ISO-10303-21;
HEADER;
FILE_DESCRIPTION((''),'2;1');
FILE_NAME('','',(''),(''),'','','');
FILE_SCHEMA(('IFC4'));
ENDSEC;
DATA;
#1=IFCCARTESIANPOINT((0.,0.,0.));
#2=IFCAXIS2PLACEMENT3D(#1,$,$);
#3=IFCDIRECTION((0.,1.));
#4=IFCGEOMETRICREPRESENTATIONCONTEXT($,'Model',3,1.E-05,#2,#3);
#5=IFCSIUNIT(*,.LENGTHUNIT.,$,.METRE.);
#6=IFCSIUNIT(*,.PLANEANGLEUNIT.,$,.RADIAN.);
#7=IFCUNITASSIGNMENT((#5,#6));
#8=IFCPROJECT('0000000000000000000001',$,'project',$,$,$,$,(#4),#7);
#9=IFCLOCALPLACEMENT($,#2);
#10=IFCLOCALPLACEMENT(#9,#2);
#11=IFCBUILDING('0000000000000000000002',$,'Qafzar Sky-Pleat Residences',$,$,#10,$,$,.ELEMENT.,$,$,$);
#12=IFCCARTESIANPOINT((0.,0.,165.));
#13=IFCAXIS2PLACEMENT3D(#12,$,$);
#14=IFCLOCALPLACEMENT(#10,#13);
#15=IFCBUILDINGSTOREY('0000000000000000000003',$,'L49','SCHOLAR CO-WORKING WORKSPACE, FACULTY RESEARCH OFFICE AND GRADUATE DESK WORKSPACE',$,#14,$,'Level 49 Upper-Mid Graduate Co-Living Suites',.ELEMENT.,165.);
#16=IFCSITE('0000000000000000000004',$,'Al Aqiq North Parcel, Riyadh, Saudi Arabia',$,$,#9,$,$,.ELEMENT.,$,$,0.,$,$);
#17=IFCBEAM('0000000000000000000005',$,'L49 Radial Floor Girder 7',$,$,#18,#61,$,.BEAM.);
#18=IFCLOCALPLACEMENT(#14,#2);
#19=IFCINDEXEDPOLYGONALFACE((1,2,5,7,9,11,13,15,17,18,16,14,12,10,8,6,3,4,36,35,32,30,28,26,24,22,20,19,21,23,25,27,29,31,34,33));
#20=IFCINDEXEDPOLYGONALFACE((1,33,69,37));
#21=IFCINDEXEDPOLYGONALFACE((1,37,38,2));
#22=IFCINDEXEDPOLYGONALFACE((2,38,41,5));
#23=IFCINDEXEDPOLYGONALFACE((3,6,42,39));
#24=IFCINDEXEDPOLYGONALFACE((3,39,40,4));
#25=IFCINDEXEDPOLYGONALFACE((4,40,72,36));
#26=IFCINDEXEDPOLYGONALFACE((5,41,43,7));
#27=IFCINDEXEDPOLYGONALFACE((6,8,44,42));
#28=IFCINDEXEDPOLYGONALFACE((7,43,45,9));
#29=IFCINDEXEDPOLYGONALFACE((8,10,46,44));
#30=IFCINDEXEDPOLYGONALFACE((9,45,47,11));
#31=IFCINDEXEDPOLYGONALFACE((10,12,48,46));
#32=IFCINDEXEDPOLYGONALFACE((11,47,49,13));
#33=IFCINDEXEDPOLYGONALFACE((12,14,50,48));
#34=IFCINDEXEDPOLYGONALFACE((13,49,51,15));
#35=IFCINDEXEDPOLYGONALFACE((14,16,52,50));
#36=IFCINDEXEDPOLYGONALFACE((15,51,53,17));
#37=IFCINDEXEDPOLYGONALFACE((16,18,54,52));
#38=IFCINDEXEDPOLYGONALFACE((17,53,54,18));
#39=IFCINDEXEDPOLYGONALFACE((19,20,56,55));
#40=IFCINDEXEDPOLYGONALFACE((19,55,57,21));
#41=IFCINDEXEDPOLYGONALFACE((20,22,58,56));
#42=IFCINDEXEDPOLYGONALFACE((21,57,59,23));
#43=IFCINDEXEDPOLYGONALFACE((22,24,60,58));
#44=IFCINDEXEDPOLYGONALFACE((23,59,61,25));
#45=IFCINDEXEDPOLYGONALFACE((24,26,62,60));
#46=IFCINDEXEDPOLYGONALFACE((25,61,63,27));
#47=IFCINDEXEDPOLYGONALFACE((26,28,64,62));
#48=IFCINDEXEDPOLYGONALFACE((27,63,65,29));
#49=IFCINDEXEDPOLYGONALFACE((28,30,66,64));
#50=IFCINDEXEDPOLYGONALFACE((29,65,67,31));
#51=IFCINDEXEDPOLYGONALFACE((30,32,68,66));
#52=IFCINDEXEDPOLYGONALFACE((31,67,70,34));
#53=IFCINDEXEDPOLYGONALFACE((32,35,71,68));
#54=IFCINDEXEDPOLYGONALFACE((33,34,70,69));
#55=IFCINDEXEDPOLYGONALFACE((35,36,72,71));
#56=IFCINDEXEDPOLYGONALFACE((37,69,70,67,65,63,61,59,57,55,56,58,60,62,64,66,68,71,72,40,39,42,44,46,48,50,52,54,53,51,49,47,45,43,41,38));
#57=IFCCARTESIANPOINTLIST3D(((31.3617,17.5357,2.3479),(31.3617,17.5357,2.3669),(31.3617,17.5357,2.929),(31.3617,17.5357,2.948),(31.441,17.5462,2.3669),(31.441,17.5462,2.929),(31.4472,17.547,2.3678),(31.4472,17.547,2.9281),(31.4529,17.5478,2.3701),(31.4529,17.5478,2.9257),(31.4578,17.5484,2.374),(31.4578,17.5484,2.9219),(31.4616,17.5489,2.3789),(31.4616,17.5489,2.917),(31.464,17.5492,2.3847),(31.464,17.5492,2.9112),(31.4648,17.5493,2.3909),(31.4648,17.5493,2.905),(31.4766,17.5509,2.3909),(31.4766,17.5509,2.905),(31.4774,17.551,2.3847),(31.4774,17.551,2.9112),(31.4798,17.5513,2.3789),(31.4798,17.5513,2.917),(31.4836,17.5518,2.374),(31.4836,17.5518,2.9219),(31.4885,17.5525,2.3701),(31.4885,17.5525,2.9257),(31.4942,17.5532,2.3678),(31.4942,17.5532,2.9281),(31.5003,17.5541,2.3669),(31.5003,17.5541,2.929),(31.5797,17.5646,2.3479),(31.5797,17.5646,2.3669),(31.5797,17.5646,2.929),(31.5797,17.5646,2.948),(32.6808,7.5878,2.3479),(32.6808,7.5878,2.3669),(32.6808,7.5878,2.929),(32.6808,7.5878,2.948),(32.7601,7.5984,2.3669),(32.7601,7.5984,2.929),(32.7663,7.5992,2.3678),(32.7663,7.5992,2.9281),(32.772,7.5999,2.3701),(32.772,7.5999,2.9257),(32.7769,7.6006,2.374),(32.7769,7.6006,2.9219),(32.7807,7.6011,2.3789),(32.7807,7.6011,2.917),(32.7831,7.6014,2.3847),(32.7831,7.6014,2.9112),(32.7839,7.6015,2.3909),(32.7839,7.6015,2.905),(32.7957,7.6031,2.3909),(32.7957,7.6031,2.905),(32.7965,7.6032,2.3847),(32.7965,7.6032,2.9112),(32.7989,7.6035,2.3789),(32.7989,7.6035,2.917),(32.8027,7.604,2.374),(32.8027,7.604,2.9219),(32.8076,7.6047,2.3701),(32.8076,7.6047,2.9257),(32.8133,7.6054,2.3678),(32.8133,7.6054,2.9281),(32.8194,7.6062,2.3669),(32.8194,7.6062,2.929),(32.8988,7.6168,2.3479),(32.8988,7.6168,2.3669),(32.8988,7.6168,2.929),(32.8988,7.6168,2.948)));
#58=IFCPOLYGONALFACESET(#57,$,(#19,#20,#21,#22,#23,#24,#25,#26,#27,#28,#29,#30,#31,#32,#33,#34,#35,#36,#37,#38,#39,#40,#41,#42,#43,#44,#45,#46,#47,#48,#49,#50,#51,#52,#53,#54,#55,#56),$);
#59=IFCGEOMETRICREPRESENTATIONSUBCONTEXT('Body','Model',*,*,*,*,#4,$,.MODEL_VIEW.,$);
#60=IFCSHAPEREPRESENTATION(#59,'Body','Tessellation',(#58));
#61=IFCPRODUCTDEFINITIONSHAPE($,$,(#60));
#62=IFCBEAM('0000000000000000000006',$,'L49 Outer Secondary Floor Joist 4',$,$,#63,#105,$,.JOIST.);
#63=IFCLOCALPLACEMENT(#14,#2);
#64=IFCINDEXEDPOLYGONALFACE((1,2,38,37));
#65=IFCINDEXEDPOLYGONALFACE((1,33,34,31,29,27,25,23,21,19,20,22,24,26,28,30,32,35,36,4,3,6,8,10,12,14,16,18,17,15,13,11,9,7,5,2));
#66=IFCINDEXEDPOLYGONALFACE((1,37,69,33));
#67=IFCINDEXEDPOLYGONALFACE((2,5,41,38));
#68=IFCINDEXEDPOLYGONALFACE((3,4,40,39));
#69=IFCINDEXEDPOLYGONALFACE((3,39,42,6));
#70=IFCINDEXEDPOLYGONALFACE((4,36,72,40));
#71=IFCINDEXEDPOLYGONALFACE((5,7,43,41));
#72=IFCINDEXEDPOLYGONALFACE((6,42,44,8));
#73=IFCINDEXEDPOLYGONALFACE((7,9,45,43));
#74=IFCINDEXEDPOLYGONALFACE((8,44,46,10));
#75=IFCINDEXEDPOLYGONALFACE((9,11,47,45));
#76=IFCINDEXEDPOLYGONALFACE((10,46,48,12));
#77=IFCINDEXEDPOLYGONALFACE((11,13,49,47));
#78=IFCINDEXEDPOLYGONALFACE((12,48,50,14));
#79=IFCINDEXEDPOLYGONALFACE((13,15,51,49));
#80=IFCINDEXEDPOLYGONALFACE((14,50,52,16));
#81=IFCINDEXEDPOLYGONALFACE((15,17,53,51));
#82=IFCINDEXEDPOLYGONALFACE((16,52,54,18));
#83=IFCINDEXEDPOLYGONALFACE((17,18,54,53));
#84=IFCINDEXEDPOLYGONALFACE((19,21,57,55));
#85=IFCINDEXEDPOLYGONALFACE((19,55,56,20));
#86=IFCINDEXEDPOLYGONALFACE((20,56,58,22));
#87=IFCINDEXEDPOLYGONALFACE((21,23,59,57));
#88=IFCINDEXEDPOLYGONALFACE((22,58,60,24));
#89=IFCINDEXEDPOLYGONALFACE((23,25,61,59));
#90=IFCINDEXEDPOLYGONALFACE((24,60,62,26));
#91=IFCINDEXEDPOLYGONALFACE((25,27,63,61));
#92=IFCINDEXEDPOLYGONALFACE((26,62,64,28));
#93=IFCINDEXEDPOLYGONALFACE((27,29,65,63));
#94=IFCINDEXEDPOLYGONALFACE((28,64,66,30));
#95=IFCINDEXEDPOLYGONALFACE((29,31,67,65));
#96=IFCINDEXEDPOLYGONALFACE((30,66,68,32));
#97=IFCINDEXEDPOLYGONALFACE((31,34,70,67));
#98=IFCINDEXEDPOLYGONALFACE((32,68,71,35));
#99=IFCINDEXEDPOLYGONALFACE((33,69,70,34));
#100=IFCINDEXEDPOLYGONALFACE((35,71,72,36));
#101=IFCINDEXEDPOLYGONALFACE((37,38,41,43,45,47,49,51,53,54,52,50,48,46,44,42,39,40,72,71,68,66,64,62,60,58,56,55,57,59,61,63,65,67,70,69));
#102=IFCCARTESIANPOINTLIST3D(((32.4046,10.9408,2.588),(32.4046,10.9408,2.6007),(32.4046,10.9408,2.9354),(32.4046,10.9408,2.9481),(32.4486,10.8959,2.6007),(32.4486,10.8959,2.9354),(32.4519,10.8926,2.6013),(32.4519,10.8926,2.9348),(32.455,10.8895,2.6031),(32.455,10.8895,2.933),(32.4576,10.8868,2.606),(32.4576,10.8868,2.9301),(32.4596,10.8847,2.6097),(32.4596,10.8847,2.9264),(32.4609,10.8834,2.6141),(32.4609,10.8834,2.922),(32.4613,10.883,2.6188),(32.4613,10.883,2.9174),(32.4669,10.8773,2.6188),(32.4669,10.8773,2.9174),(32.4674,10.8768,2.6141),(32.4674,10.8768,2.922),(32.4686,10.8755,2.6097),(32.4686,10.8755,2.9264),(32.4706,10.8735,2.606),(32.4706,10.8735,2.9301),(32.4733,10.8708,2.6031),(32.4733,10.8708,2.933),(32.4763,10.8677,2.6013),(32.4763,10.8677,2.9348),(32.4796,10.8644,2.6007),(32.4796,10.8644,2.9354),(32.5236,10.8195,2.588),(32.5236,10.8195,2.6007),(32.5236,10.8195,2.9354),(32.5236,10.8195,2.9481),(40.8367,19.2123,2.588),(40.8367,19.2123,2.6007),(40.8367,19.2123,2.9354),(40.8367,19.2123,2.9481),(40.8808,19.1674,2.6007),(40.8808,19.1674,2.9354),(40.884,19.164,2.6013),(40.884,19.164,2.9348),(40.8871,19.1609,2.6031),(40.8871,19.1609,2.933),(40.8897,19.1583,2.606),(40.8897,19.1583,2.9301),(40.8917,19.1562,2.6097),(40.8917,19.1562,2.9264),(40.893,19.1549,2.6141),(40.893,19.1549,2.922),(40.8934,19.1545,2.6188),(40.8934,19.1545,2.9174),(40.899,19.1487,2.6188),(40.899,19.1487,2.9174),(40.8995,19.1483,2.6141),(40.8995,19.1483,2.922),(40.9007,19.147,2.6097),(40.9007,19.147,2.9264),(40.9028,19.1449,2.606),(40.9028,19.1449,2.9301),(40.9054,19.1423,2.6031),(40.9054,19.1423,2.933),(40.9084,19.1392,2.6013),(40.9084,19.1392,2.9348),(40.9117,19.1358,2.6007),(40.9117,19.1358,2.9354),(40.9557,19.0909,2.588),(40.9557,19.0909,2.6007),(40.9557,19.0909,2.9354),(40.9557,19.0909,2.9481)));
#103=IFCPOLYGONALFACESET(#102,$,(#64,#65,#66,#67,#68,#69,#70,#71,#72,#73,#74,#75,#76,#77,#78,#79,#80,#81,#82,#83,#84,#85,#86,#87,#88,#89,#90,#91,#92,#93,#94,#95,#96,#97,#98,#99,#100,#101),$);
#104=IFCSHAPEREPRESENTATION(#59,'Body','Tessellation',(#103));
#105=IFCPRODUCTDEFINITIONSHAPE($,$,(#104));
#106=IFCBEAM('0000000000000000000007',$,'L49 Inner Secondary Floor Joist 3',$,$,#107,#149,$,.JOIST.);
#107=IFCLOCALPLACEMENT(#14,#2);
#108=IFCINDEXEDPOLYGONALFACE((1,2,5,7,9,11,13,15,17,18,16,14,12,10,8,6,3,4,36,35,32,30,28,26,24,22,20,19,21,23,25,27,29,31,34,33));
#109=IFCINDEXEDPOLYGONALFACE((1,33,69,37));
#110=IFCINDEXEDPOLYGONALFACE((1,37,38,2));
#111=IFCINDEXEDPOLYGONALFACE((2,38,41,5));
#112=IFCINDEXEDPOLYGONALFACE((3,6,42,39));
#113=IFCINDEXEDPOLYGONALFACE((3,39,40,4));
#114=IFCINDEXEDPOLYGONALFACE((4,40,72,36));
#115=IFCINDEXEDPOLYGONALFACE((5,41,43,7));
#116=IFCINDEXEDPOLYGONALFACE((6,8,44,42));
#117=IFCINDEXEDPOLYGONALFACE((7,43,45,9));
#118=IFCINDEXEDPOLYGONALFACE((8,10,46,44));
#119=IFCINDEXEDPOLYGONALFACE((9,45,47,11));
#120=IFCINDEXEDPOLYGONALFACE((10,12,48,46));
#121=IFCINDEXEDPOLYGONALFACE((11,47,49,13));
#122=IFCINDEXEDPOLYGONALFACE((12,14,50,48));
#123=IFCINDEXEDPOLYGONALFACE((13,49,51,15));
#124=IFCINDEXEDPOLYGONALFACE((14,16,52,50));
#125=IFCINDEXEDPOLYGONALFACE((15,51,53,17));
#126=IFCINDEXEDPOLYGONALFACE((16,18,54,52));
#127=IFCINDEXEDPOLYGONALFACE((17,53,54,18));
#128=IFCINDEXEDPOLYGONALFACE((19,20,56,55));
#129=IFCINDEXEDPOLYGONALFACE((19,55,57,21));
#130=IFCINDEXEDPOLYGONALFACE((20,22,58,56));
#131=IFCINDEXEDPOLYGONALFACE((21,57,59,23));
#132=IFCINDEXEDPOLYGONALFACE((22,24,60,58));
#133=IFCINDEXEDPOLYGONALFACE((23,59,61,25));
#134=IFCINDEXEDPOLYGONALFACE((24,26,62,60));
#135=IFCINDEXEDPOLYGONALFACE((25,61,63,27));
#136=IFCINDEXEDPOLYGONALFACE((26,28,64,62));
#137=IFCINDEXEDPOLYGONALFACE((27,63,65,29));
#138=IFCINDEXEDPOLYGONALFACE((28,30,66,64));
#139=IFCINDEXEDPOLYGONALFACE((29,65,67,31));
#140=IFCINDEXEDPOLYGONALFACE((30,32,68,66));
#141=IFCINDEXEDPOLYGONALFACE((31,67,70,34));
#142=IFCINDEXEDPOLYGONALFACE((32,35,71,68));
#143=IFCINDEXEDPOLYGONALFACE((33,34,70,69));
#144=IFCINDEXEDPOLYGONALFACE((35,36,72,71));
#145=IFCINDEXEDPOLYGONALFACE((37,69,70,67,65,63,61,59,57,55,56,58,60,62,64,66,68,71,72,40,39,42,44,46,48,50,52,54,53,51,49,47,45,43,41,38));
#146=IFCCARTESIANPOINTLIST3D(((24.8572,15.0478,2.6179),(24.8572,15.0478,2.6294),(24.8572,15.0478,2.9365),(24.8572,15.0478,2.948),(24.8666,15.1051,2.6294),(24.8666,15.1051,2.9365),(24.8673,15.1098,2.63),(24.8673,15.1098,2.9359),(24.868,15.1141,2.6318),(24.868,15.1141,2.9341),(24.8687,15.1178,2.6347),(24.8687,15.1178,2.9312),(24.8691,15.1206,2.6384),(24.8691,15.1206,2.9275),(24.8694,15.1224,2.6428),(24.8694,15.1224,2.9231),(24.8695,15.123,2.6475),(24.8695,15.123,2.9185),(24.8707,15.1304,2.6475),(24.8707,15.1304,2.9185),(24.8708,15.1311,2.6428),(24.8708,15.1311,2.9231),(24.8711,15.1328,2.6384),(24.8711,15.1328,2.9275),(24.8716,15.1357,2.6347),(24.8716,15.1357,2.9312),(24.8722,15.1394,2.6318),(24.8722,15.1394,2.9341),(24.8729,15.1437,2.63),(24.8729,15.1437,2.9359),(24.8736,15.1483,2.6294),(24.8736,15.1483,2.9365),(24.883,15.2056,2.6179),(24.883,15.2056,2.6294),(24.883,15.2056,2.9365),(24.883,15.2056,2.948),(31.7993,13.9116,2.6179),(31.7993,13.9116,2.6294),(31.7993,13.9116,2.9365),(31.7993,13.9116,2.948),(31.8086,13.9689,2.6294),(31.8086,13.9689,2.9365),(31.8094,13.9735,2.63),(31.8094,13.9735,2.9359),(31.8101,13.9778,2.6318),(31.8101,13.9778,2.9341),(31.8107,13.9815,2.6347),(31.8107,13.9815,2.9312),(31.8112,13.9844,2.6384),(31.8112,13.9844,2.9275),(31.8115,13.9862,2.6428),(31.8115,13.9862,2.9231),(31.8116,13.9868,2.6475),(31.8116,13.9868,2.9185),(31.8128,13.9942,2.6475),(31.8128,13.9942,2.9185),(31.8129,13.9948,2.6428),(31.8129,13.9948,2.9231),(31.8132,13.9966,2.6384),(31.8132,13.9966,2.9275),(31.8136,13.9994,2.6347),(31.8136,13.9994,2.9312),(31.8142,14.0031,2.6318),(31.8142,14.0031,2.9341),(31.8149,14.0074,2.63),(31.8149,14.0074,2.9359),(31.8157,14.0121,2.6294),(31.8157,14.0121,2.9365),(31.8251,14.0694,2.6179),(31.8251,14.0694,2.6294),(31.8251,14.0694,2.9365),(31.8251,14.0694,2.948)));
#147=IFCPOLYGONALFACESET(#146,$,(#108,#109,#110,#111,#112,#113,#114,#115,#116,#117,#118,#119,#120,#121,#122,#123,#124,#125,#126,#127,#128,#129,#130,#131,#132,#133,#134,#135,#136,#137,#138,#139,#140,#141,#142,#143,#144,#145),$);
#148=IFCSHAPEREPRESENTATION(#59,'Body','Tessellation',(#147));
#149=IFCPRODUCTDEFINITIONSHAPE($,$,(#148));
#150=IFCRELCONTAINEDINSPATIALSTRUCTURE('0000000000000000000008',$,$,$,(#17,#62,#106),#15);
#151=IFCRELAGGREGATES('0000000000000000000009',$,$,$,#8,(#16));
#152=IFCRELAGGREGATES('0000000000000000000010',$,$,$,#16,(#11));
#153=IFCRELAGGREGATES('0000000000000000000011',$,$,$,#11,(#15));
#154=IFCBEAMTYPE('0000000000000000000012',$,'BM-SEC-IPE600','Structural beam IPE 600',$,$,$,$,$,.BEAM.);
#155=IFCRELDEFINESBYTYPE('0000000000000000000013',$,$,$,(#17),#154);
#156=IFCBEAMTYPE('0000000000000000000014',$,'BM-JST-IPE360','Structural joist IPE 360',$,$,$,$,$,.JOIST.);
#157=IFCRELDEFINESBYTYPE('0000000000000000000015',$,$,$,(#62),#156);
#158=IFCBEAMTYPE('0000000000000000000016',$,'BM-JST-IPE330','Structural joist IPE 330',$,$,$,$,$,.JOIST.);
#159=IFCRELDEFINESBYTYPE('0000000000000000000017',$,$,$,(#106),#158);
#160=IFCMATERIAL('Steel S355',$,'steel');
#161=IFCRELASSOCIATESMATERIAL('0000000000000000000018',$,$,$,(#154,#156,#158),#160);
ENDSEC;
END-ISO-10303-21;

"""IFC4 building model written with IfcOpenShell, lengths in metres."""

from ifc_helpers import new_model, si_unit, direction, frame, origin, origin_2d, place, context, subcontext, project, spatial, i_section, extrude, source, transform, mapped, material, material_profile, profile_set, type_object, element, save


model = new_model("IFC4")

# Units and contexts
model_context = context("Model", 3, precision=1e-05, world=origin(), true_north=direction((0.0, 1.0)))
body_context = subcontext(model_context, "Body", "Model", "MODEL_VIEW")
ifc_project = project(units=[si_unit("LENGTHUNIT", "METRE"), si_unit("PLANEANGLEUNIT", "RADIAN")], contexts=[model_context])

# Site, building, storey
site_placement = place(None, origin())
site = spatial("IfcSite", under=ifc_project, at=site_placement, Name="Al Aqiq North Parcel, Riyadh, Saudi Arabia", CompositionType="ELEMENT", RefElevation=0.0)
building_placement = place(site_placement, origin())
building = spatial("IfcBuilding", under=site, at=building_placement, Name="Qafzar Sky-Pleat Residences", CompositionType="ELEMENT")
storey_placement = place(building_placement, frame((0.0, 0.0, 165.0)))
storey = spatial("IfcBuildingStorey", under=building, at=storey_placement, Name="L49", Description="SCHOLAR CO-WORKING WORKSPACE, FACULTY RESEARCH OFFICE AND GRADUATE DESK WORKSPACE", LongName="Level 49 Upper-Mid Graduate Co-Living Suites", CompositionType="ELEMENT", Elevation=165.0)

# Shared definitions
ifc_material_1 = material(Name="Steel S355", Category="steel")

# Beams
ifc_material_profile_1 = material_profile(ifc_material_1, i_section(OverallWidth=0.22, OverallDepth=0.6001, WebThickness=0.012, FlangeThickness=0.019, FilletRadius=0.0239, at=origin_2d()), Name="IPE 600")
ifc_profile_set_1 = profile_set([ifc_material_profile_1], Name="Steel S355")
beam_type_1 = type_object("IfcBeamType", Name="BM-SEC-IPE600", Description="Structural beam IPE 600", PredefinedType="BEAM", material=ifc_profile_set_1)
shared_shape_1 = source(origin(), body_context, "Body", "SweptSolid", [
    extrude(i_section(OverallWidth=0.22, OverallDepth=0.6001, WebThickness=0.012, FlangeThickness=0.019, FilletRadius=0.0239, at=origin_2d()), origin(), (0.0, 0.0, 1.0), 10.0349),
])
beam_1_placement = place(storey_placement, frame((32.7898, 7.6023, 2.6479), z_axis=(-0.131451, 0.991323, 0.0), x_axis=(-0.991323, -0.131451, 0.0)))
element("IfcBeam", 1, at=beam_1_placement, inside=storey, type_object=beam_type_1, Name="L49 Radial Floor Girder 7", PredefinedType="BEAM", context=body_context, shape_type="MappedRepresentation", body=[
    mapped(shared_shape_1, transform((0.0, 0.0, 0.0), x_axis=(1.0, 0.0, 0.0), y_axis=(0.0, 1.0, 0.0), z_axis=(0.0, 0.0, 1.0), scale=1.0)),
])
ifc_material_profile_2 = material_profile(ifc_material_1, i_section(OverallWidth=0.1699, OverallDepth=0.3601, WebThickness=0.0081, FlangeThickness=0.0127, FilletRadius=0.0181, at=origin_2d()), Name="IPE 360")
ifc_profile_set_2 = profile_set([ifc_material_profile_2], Name="Steel S355")
beam_type_2 = type_object("IfcBeamType", Name="BM-JST-IPE360", Description="Structural joist IPE 360", PredefinedType="JOIST", material=ifc_profile_set_2)
shared_shape_2 = source(origin(), body_context, "Body", "SweptSolid", [
    extrude(i_section(OverallWidth=0.1699, OverallDepth=0.3601, WebThickness=0.0081, FlangeThickness=0.0127, FilletRadius=0.0181, at=origin_2d()), origin(), (0.0, 0.0, 1.0), 11.8118),
])
beam_2_placement = place(storey_placement, frame((32.4641, 10.8801, 2.7681), z_axis=(0.713874, 0.700274, 0.0), x_axis=(-0.700274, 0.713874, 0.0)))
element("IfcBeam", 2, at=beam_2_placement, inside=storey, type_object=beam_type_2, Name="L49 Outer Secondary Floor Joist 4", PredefinedType="JOIST", context=body_context, shape_type="MappedRepresentation", body=[
    mapped(shared_shape_2, transform((0.0, 0.0, 0.0), x_axis=(1.0, 0.0, 0.0), y_axis=(0.0, 1.0, 0.0), z_axis=(0.0, 0.0, 1.0), scale=1.0)),
])
ifc_material_profile_3 = material_profile(ifc_material_1, i_section(OverallWidth=0.1599, OverallDepth=0.3301, WebThickness=0.0076, FlangeThickness=0.0115, FilletRadius=0.0181, at=origin_2d()), Name="IPE 330")
ifc_profile_set_3 = profile_set([ifc_material_profile_3], Name="Steel S355")
beam_type_3 = type_object("IfcBeamType", Name="BM-JST-IPE330", Description="Structural joist IPE 330", PredefinedType="JOIST", material=ifc_profile_set_3)
shared_shape_3 = source(origin(), body_context, "Body", "SweptSolid", [
    extrude(i_section(OverallWidth=0.1599, OverallDepth=0.3301, WebThickness=0.0076, FlangeThickness=0.0115, FilletRadius=0.0181, at=origin_2d()), origin(), (0.0, 0.0, 1.0), 7.0344),
])
beam_3_placement = place(storey_placement, frame((24.8701, 15.1267, 2.783), z_axis=(0.986869, -0.161522, 0.0), x_axis=(0.161522, 0.986869, 0.0)))
element("IfcBeam", 3, at=beam_3_placement, inside=storey, type_object=beam_type_3, Name="L49 Inner Secondary Floor Joist 3", PredefinedType="JOIST", context=body_context, shape_type="MappedRepresentation", body=[
    mapped(shared_shape_3, transform((0.0, 0.0, 0.0), x_axis=(1.0, 0.0, 0.0), y_axis=(0.0, 1.0, 0.0), z_axis=(0.0, 0.0, 1.0), scale=1.0)),
])

save(model, "model.ifc")
